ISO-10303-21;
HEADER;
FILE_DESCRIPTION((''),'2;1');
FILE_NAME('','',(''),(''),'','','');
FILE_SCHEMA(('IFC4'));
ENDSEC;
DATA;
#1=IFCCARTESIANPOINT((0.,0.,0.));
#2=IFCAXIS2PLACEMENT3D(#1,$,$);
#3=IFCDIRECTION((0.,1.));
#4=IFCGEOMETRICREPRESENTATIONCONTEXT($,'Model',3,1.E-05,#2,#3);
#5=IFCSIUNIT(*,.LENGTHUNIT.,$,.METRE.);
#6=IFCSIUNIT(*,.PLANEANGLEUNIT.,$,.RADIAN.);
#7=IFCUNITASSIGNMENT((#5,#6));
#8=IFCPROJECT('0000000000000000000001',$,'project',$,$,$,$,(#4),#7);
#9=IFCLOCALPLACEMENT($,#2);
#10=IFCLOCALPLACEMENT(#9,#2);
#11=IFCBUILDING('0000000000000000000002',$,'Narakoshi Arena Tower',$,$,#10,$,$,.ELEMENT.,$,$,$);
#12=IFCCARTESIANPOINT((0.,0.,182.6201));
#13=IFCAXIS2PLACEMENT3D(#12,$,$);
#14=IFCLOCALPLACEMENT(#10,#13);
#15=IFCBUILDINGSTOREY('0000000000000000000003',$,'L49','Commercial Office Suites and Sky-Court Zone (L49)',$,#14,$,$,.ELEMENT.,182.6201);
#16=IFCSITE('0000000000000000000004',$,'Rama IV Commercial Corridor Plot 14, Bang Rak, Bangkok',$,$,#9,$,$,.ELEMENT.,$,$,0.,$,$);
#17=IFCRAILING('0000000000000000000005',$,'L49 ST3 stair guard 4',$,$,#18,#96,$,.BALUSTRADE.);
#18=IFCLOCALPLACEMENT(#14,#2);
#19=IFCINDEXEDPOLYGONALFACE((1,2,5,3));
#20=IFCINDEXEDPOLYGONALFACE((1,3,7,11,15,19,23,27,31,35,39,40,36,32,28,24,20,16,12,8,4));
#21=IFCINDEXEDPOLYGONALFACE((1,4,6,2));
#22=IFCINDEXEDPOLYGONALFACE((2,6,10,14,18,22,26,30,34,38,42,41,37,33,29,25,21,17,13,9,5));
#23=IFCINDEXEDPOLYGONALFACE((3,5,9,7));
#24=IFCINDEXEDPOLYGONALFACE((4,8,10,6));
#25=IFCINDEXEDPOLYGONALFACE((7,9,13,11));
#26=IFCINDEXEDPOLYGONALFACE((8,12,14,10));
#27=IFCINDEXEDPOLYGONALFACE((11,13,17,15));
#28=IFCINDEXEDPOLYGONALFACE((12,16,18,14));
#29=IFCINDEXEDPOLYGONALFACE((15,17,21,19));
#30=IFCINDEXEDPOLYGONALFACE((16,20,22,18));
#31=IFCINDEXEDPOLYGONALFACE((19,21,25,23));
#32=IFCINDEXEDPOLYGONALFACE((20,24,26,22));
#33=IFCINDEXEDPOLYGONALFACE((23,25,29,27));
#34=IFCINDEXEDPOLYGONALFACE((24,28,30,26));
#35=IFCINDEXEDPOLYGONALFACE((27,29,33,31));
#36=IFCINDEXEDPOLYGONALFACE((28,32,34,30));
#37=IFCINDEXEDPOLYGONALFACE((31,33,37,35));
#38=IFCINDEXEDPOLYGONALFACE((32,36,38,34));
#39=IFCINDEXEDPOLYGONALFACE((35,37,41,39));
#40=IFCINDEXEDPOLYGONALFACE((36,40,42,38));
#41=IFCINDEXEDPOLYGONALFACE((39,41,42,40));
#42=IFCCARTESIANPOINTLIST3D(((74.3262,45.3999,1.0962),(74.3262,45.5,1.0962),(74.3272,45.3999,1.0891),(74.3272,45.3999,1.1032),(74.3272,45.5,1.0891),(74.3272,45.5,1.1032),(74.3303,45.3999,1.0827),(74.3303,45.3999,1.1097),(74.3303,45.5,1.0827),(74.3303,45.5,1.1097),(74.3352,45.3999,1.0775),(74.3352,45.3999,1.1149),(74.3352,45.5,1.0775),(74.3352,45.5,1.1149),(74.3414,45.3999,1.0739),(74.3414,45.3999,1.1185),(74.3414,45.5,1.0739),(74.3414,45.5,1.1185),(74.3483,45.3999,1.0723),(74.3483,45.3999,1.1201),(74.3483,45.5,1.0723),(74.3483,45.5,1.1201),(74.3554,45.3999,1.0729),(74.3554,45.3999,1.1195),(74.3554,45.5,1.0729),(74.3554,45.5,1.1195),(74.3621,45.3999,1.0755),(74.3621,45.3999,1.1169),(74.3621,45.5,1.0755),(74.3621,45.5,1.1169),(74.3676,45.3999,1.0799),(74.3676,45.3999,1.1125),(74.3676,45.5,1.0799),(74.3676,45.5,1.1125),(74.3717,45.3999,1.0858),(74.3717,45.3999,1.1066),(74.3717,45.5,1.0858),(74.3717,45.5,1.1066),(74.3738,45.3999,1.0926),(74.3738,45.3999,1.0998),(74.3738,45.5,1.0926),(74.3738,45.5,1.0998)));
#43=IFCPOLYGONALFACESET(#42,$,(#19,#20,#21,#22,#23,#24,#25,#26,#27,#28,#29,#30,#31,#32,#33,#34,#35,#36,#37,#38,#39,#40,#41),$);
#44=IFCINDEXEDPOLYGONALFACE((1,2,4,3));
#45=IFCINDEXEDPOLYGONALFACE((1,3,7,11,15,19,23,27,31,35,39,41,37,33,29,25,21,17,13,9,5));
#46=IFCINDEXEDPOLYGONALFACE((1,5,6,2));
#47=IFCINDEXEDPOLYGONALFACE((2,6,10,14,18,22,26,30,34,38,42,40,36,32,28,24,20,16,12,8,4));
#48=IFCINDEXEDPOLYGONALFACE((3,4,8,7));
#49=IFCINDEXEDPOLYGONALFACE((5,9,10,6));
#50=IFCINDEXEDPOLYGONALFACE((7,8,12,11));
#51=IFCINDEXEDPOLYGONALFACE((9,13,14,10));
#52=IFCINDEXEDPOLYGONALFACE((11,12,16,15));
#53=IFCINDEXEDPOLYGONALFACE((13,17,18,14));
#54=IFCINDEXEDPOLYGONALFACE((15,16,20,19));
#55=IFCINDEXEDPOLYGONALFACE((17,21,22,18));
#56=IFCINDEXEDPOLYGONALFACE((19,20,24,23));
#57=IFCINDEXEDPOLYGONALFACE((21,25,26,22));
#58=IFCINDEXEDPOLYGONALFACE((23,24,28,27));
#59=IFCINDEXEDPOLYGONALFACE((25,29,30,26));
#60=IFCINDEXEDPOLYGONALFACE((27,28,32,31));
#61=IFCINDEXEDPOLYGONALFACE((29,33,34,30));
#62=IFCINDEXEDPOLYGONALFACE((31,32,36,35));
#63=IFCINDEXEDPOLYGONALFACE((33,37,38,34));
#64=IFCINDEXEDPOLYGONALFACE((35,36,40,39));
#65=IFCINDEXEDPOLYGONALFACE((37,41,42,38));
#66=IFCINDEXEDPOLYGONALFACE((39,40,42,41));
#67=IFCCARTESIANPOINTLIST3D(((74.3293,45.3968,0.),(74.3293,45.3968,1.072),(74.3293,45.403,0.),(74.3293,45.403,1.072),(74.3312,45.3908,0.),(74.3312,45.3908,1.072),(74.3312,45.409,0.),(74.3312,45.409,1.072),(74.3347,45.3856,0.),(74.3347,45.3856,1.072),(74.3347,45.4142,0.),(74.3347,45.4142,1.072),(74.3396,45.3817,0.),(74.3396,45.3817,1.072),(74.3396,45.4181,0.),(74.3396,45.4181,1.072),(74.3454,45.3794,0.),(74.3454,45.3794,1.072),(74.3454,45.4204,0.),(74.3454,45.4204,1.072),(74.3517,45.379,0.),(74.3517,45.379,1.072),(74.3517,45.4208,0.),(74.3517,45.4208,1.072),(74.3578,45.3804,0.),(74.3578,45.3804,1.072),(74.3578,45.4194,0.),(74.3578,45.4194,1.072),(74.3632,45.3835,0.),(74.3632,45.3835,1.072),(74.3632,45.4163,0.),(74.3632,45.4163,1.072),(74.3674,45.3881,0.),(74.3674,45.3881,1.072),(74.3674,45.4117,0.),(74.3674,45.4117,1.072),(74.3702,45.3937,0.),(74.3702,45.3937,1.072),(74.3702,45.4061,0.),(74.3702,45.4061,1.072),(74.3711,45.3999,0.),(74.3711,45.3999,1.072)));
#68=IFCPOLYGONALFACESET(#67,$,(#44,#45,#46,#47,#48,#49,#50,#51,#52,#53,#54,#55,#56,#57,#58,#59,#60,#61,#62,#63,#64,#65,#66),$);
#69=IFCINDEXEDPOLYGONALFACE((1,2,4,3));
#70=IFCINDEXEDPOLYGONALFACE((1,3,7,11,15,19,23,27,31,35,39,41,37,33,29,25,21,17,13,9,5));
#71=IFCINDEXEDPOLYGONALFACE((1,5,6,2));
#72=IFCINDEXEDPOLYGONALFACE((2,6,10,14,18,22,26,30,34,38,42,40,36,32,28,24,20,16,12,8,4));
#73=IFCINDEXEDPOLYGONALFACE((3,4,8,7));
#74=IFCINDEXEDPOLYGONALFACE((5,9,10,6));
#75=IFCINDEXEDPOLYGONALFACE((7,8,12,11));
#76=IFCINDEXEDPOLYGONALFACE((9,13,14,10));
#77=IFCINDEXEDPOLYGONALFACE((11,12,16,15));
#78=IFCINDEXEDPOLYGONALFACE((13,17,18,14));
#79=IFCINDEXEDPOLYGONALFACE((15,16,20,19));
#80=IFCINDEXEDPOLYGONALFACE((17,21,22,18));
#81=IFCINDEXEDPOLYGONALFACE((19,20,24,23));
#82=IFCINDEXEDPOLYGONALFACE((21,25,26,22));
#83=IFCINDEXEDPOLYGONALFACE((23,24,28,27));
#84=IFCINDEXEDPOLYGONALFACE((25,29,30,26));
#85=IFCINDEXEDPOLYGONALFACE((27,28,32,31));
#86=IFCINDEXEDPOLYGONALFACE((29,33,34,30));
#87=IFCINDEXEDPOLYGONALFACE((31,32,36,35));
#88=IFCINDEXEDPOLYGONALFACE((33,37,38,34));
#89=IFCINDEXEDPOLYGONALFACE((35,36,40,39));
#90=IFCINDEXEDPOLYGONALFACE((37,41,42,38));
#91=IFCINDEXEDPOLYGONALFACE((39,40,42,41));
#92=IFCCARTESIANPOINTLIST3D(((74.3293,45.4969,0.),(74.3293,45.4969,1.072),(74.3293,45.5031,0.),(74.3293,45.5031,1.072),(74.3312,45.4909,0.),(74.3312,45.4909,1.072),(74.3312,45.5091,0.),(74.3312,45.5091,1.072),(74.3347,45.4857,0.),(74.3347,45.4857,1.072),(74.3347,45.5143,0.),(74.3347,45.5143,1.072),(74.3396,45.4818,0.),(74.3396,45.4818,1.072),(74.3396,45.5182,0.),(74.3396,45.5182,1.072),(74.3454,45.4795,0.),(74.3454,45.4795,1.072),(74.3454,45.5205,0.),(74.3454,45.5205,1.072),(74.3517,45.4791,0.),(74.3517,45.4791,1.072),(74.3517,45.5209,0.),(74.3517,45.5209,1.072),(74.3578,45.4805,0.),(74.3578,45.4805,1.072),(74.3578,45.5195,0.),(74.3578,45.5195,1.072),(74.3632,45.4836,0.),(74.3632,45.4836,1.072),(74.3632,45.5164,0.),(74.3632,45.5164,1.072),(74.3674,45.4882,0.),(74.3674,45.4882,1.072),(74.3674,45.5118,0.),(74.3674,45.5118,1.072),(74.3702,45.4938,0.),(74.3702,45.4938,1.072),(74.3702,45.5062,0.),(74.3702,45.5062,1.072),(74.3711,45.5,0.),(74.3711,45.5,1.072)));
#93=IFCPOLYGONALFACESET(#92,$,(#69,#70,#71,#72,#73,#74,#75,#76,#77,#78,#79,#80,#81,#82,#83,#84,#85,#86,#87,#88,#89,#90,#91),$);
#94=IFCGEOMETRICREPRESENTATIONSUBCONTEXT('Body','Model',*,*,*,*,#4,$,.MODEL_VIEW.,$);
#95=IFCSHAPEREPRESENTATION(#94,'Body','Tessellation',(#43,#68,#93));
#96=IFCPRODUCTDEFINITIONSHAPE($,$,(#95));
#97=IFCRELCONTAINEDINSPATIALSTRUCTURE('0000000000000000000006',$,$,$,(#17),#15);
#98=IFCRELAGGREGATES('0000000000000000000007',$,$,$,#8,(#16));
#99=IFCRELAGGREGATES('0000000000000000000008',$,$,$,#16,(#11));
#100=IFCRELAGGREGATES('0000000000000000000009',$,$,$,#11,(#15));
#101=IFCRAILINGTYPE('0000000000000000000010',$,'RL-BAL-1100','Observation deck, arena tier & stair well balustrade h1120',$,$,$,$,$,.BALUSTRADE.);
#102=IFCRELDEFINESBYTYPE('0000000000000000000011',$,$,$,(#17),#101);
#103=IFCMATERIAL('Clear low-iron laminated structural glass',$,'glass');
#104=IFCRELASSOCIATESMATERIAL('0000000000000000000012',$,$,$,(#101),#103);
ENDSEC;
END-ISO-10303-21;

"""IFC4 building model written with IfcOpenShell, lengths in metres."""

from ifc_helpers import new_model, si_unit, direction, frame, origin, origin_2d, place, context, subcontext, project, spatial, circle, extrude, material, type_object, element, save


model = new_model("IFC4")

# Units and contexts
model_context = context("Model", 3, precision=1e-05, world=origin(), true_north=direction((0.0, 1.0)))
body_context = subcontext(model_context, "Body", "Model", "MODEL_VIEW")
ifc_project = project(units=[si_unit("LENGTHUNIT", "METRE"), si_unit("PLANEANGLEUNIT", "RADIAN")], contexts=[model_context])

# Site, building, storey
site_placement = place(None, origin())
site = spatial("IfcSite", under=ifc_project, at=site_placement, Name="Rama IV Commercial Corridor Plot 14, Bang Rak, Bangkok", CompositionType="ELEMENT", RefElevation=0.0)
building_placement = place(site_placement, origin())
building = spatial("IfcBuilding", under=site, at=building_placement, Name="Narakoshi Arena Tower", CompositionType="ELEMENT")
storey_placement = place(building_placement, frame((0.0, 0.0, 182.6201)))
storey = spatial("IfcBuildingStorey", under=building, at=storey_placement, Name="L49", Description="Commercial Office Suites and Sky-Court Zone (L49)", CompositionType="ELEMENT", Elevation=182.6201)

# Railing
ifc_material_1 = material(Name="Clear low-iron laminated structural glass", Category="glass")
railing_type_1 = type_object("IfcRailingType", Name="RL-BAL-1100", Description="Observation deck, arena tier & stair well balustrade h1120", PredefinedType="BALUSTRADE", material=ifc_material_1)
for number, where, name in (
    (1, (74.3501, 45.3999, 0.0), "L49 ST3 stair guard 4"),
):
    element("IfcRailing", number, at=place(storey_placement, frame(where)), inside=storey, type_object=railing_type_1, Name=name, PredefinedType="BALUSTRADE", context=body_context, shape_type="SweptSolid", body=[
        extrude(circle(Radius=0.0239, at=origin_2d()), frame((0.0, 0.0, 1.0962), z_axis=(0.0, 1.0, 0.0), x_axis=(-1.0, 0.0, 0.0)), (0.0, 0.0, 1.0), 0.1001),
        extrude(circle(Radius=0.021, at=origin_2d()), origin(), (0.0, 0.0, 1.0), 1.072),
        extrude(circle(Radius=0.021, at=origin_2d()), frame((0.0, 0.1001, 0.0)), (0.0, 0.0, 1.0), 1.072),
    ])

save(model, "model.ifc")
